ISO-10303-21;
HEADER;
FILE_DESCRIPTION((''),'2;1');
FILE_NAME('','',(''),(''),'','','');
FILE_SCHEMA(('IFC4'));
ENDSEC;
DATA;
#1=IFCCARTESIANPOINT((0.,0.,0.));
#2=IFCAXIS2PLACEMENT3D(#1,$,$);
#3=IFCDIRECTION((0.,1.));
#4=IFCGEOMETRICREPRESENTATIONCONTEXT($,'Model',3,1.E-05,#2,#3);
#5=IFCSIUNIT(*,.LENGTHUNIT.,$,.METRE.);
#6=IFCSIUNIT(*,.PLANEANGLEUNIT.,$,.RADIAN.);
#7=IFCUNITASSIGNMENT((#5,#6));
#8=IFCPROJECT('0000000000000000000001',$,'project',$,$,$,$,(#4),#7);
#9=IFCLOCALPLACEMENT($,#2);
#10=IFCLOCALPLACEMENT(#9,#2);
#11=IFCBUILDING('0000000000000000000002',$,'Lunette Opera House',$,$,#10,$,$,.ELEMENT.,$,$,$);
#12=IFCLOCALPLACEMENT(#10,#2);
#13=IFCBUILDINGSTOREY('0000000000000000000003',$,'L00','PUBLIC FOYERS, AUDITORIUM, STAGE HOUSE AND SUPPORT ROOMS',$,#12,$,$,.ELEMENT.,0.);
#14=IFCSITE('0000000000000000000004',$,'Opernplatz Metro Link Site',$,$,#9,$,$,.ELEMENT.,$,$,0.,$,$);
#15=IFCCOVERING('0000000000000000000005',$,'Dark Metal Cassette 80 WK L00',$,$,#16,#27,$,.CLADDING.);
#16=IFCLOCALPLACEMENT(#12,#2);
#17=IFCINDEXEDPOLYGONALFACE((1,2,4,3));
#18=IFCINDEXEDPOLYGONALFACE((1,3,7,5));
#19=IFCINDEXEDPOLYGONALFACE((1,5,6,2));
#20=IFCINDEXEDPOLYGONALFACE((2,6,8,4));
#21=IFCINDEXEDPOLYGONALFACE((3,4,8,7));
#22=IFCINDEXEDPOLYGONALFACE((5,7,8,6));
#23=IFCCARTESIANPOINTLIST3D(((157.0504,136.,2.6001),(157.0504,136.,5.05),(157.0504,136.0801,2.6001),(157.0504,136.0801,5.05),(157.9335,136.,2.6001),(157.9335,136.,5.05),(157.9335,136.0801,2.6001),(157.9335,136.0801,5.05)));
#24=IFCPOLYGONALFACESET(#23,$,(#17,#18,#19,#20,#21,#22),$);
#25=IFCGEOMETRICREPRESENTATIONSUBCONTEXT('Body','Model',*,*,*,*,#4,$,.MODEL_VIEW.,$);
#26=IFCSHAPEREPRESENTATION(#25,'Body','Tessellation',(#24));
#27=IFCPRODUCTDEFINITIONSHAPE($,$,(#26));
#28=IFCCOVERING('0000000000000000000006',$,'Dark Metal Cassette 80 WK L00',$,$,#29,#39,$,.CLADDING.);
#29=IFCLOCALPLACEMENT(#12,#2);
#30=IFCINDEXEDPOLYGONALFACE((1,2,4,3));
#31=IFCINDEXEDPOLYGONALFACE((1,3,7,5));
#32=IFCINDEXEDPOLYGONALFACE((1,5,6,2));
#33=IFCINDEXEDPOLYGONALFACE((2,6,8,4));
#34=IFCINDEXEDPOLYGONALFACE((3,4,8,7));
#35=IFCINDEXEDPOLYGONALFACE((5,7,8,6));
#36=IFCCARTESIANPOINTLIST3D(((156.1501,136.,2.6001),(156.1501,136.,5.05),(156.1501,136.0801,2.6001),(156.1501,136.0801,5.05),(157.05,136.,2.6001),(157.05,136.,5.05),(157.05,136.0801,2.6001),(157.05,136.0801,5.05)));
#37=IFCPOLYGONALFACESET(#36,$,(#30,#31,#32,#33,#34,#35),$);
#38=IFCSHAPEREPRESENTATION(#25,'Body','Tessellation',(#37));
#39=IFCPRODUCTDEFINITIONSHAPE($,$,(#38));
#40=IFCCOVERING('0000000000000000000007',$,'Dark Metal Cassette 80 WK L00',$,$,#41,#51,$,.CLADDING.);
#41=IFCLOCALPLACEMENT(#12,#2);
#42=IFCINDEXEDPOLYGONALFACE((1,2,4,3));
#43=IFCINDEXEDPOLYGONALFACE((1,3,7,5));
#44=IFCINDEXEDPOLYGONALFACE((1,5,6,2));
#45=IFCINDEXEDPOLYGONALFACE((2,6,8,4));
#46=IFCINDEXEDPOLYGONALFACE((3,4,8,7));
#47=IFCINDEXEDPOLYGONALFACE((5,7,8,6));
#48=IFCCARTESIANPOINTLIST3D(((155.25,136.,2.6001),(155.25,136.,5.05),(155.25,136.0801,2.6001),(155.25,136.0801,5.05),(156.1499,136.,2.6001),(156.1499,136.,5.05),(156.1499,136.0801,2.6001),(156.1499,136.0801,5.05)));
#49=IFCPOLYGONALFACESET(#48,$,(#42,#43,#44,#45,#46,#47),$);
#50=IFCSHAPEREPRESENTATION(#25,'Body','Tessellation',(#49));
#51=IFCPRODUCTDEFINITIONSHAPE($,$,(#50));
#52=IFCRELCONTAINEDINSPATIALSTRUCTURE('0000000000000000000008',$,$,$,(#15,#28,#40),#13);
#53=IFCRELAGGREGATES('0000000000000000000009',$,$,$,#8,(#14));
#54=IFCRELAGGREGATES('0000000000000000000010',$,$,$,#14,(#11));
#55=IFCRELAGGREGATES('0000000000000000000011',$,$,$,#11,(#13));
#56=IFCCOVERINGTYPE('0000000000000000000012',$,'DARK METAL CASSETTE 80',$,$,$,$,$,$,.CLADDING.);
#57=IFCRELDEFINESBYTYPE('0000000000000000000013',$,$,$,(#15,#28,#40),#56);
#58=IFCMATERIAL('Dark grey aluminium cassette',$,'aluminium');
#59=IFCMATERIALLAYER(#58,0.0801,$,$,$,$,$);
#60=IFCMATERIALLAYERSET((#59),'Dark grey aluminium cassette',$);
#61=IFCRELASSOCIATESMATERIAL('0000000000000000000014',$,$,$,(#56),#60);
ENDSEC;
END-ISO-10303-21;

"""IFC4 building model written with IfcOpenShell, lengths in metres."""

from ifc_helpers import new_model, si_unit, direction, frame, origin, origin_2d, place, context, subcontext, project, spatial, rectangle, extrude, material, layer, layer_set, type_object, element, save


model = new_model("IFC4")

# Units and contexts
model_context = context("Model", 3, precision=1e-05, world=origin(), true_north=direction((0.0, 1.0)))
body_context = subcontext(model_context, "Body", "Model", "MODEL_VIEW")
ifc_project = project(units=[si_unit("LENGTHUNIT", "METRE"), si_unit("PLANEANGLEUNIT", "RADIAN")], contexts=[model_context])

# Site, building, storey
site_placement = place(None, origin())
site = spatial("IfcSite", under=ifc_project, at=site_placement, Name="Opernplatz Metro Link Site", CompositionType="ELEMENT", RefElevation=0.0)
building_placement = place(site_placement, origin())
building = spatial("IfcBuilding", under=site, at=building_placement, Name="Lunette Opera House", CompositionType="ELEMENT")
storey_placement = place(building_placement, origin())
storey = spatial("IfcBuildingStorey", under=building, at=storey_placement, Name="L00", Description="PUBLIC FOYERS, AUDITORIUM, STAGE HOUSE AND SUPPORT ROOMS", CompositionType="ELEMENT", Elevation=0.0)

# Coverings
ifc_material_1 = material(Name="Dark grey aluminium cassette", Category="aluminium")
ifc_layer_1 = layer(ifc_material_1, 0.0801)
ifc_layer_set_1 = layer_set([ifc_layer_1], Name="Dark grey aluminium cassette")
covering_type_1 = type_object("IfcCoveringType", Name="DARK METAL CASSETTE 80", PredefinedType="CLADDING", material=ifc_layer_set_1)
for number, where, z_axis, x_axis, name in (
    (1, (157.4919, 136.04, 2.6001), (0.0, 0.0, 1.0), (-1.0, 0.0, 0.0), "Dark Metal Cassette 80 WK L00"),
):
    element("IfcCovering", number, at=place(storey_placement, frame(where, z_axis=z_axis, x_axis=x_axis)), inside=storey, type_object=covering_type_1, Name=name, PredefinedType="CLADDING", context=body_context, shape_type="SweptSolid", body=[
        extrude(rectangle(XDim=0.8831, YDim=0.0801, at=origin_2d()), origin(), (0.0, 0.0, 1.0), 2.45),
    ])
for number, where, z_axis, x_axis, name in (
    (2, (156.6001, 136.04, 2.6001), (0.0, 0.0, 1.0), (-1.0, 0.0, 0.0), "Dark Metal Cassette 80 WK L00"),
    (3, (155.7, 136.04, 2.6001), (0.0, 0.0, 1.0), (-1.0, 0.0, 0.0), "Dark Metal Cassette 80 WK L00"),
):
    element("IfcCovering", number, at=place(storey_placement, frame(where, z_axis=z_axis, x_axis=x_axis)), inside=storey, type_object=covering_type_1, Name=name, PredefinedType="CLADDING", context=body_context, shape_type="SweptSolid", body=[
        extrude(rectangle(XDim=0.8999, YDim=0.0801, at=origin_2d()), origin(), (0.0, 0.0, 1.0), 2.45),
    ])

save(model, "model.ifc")
